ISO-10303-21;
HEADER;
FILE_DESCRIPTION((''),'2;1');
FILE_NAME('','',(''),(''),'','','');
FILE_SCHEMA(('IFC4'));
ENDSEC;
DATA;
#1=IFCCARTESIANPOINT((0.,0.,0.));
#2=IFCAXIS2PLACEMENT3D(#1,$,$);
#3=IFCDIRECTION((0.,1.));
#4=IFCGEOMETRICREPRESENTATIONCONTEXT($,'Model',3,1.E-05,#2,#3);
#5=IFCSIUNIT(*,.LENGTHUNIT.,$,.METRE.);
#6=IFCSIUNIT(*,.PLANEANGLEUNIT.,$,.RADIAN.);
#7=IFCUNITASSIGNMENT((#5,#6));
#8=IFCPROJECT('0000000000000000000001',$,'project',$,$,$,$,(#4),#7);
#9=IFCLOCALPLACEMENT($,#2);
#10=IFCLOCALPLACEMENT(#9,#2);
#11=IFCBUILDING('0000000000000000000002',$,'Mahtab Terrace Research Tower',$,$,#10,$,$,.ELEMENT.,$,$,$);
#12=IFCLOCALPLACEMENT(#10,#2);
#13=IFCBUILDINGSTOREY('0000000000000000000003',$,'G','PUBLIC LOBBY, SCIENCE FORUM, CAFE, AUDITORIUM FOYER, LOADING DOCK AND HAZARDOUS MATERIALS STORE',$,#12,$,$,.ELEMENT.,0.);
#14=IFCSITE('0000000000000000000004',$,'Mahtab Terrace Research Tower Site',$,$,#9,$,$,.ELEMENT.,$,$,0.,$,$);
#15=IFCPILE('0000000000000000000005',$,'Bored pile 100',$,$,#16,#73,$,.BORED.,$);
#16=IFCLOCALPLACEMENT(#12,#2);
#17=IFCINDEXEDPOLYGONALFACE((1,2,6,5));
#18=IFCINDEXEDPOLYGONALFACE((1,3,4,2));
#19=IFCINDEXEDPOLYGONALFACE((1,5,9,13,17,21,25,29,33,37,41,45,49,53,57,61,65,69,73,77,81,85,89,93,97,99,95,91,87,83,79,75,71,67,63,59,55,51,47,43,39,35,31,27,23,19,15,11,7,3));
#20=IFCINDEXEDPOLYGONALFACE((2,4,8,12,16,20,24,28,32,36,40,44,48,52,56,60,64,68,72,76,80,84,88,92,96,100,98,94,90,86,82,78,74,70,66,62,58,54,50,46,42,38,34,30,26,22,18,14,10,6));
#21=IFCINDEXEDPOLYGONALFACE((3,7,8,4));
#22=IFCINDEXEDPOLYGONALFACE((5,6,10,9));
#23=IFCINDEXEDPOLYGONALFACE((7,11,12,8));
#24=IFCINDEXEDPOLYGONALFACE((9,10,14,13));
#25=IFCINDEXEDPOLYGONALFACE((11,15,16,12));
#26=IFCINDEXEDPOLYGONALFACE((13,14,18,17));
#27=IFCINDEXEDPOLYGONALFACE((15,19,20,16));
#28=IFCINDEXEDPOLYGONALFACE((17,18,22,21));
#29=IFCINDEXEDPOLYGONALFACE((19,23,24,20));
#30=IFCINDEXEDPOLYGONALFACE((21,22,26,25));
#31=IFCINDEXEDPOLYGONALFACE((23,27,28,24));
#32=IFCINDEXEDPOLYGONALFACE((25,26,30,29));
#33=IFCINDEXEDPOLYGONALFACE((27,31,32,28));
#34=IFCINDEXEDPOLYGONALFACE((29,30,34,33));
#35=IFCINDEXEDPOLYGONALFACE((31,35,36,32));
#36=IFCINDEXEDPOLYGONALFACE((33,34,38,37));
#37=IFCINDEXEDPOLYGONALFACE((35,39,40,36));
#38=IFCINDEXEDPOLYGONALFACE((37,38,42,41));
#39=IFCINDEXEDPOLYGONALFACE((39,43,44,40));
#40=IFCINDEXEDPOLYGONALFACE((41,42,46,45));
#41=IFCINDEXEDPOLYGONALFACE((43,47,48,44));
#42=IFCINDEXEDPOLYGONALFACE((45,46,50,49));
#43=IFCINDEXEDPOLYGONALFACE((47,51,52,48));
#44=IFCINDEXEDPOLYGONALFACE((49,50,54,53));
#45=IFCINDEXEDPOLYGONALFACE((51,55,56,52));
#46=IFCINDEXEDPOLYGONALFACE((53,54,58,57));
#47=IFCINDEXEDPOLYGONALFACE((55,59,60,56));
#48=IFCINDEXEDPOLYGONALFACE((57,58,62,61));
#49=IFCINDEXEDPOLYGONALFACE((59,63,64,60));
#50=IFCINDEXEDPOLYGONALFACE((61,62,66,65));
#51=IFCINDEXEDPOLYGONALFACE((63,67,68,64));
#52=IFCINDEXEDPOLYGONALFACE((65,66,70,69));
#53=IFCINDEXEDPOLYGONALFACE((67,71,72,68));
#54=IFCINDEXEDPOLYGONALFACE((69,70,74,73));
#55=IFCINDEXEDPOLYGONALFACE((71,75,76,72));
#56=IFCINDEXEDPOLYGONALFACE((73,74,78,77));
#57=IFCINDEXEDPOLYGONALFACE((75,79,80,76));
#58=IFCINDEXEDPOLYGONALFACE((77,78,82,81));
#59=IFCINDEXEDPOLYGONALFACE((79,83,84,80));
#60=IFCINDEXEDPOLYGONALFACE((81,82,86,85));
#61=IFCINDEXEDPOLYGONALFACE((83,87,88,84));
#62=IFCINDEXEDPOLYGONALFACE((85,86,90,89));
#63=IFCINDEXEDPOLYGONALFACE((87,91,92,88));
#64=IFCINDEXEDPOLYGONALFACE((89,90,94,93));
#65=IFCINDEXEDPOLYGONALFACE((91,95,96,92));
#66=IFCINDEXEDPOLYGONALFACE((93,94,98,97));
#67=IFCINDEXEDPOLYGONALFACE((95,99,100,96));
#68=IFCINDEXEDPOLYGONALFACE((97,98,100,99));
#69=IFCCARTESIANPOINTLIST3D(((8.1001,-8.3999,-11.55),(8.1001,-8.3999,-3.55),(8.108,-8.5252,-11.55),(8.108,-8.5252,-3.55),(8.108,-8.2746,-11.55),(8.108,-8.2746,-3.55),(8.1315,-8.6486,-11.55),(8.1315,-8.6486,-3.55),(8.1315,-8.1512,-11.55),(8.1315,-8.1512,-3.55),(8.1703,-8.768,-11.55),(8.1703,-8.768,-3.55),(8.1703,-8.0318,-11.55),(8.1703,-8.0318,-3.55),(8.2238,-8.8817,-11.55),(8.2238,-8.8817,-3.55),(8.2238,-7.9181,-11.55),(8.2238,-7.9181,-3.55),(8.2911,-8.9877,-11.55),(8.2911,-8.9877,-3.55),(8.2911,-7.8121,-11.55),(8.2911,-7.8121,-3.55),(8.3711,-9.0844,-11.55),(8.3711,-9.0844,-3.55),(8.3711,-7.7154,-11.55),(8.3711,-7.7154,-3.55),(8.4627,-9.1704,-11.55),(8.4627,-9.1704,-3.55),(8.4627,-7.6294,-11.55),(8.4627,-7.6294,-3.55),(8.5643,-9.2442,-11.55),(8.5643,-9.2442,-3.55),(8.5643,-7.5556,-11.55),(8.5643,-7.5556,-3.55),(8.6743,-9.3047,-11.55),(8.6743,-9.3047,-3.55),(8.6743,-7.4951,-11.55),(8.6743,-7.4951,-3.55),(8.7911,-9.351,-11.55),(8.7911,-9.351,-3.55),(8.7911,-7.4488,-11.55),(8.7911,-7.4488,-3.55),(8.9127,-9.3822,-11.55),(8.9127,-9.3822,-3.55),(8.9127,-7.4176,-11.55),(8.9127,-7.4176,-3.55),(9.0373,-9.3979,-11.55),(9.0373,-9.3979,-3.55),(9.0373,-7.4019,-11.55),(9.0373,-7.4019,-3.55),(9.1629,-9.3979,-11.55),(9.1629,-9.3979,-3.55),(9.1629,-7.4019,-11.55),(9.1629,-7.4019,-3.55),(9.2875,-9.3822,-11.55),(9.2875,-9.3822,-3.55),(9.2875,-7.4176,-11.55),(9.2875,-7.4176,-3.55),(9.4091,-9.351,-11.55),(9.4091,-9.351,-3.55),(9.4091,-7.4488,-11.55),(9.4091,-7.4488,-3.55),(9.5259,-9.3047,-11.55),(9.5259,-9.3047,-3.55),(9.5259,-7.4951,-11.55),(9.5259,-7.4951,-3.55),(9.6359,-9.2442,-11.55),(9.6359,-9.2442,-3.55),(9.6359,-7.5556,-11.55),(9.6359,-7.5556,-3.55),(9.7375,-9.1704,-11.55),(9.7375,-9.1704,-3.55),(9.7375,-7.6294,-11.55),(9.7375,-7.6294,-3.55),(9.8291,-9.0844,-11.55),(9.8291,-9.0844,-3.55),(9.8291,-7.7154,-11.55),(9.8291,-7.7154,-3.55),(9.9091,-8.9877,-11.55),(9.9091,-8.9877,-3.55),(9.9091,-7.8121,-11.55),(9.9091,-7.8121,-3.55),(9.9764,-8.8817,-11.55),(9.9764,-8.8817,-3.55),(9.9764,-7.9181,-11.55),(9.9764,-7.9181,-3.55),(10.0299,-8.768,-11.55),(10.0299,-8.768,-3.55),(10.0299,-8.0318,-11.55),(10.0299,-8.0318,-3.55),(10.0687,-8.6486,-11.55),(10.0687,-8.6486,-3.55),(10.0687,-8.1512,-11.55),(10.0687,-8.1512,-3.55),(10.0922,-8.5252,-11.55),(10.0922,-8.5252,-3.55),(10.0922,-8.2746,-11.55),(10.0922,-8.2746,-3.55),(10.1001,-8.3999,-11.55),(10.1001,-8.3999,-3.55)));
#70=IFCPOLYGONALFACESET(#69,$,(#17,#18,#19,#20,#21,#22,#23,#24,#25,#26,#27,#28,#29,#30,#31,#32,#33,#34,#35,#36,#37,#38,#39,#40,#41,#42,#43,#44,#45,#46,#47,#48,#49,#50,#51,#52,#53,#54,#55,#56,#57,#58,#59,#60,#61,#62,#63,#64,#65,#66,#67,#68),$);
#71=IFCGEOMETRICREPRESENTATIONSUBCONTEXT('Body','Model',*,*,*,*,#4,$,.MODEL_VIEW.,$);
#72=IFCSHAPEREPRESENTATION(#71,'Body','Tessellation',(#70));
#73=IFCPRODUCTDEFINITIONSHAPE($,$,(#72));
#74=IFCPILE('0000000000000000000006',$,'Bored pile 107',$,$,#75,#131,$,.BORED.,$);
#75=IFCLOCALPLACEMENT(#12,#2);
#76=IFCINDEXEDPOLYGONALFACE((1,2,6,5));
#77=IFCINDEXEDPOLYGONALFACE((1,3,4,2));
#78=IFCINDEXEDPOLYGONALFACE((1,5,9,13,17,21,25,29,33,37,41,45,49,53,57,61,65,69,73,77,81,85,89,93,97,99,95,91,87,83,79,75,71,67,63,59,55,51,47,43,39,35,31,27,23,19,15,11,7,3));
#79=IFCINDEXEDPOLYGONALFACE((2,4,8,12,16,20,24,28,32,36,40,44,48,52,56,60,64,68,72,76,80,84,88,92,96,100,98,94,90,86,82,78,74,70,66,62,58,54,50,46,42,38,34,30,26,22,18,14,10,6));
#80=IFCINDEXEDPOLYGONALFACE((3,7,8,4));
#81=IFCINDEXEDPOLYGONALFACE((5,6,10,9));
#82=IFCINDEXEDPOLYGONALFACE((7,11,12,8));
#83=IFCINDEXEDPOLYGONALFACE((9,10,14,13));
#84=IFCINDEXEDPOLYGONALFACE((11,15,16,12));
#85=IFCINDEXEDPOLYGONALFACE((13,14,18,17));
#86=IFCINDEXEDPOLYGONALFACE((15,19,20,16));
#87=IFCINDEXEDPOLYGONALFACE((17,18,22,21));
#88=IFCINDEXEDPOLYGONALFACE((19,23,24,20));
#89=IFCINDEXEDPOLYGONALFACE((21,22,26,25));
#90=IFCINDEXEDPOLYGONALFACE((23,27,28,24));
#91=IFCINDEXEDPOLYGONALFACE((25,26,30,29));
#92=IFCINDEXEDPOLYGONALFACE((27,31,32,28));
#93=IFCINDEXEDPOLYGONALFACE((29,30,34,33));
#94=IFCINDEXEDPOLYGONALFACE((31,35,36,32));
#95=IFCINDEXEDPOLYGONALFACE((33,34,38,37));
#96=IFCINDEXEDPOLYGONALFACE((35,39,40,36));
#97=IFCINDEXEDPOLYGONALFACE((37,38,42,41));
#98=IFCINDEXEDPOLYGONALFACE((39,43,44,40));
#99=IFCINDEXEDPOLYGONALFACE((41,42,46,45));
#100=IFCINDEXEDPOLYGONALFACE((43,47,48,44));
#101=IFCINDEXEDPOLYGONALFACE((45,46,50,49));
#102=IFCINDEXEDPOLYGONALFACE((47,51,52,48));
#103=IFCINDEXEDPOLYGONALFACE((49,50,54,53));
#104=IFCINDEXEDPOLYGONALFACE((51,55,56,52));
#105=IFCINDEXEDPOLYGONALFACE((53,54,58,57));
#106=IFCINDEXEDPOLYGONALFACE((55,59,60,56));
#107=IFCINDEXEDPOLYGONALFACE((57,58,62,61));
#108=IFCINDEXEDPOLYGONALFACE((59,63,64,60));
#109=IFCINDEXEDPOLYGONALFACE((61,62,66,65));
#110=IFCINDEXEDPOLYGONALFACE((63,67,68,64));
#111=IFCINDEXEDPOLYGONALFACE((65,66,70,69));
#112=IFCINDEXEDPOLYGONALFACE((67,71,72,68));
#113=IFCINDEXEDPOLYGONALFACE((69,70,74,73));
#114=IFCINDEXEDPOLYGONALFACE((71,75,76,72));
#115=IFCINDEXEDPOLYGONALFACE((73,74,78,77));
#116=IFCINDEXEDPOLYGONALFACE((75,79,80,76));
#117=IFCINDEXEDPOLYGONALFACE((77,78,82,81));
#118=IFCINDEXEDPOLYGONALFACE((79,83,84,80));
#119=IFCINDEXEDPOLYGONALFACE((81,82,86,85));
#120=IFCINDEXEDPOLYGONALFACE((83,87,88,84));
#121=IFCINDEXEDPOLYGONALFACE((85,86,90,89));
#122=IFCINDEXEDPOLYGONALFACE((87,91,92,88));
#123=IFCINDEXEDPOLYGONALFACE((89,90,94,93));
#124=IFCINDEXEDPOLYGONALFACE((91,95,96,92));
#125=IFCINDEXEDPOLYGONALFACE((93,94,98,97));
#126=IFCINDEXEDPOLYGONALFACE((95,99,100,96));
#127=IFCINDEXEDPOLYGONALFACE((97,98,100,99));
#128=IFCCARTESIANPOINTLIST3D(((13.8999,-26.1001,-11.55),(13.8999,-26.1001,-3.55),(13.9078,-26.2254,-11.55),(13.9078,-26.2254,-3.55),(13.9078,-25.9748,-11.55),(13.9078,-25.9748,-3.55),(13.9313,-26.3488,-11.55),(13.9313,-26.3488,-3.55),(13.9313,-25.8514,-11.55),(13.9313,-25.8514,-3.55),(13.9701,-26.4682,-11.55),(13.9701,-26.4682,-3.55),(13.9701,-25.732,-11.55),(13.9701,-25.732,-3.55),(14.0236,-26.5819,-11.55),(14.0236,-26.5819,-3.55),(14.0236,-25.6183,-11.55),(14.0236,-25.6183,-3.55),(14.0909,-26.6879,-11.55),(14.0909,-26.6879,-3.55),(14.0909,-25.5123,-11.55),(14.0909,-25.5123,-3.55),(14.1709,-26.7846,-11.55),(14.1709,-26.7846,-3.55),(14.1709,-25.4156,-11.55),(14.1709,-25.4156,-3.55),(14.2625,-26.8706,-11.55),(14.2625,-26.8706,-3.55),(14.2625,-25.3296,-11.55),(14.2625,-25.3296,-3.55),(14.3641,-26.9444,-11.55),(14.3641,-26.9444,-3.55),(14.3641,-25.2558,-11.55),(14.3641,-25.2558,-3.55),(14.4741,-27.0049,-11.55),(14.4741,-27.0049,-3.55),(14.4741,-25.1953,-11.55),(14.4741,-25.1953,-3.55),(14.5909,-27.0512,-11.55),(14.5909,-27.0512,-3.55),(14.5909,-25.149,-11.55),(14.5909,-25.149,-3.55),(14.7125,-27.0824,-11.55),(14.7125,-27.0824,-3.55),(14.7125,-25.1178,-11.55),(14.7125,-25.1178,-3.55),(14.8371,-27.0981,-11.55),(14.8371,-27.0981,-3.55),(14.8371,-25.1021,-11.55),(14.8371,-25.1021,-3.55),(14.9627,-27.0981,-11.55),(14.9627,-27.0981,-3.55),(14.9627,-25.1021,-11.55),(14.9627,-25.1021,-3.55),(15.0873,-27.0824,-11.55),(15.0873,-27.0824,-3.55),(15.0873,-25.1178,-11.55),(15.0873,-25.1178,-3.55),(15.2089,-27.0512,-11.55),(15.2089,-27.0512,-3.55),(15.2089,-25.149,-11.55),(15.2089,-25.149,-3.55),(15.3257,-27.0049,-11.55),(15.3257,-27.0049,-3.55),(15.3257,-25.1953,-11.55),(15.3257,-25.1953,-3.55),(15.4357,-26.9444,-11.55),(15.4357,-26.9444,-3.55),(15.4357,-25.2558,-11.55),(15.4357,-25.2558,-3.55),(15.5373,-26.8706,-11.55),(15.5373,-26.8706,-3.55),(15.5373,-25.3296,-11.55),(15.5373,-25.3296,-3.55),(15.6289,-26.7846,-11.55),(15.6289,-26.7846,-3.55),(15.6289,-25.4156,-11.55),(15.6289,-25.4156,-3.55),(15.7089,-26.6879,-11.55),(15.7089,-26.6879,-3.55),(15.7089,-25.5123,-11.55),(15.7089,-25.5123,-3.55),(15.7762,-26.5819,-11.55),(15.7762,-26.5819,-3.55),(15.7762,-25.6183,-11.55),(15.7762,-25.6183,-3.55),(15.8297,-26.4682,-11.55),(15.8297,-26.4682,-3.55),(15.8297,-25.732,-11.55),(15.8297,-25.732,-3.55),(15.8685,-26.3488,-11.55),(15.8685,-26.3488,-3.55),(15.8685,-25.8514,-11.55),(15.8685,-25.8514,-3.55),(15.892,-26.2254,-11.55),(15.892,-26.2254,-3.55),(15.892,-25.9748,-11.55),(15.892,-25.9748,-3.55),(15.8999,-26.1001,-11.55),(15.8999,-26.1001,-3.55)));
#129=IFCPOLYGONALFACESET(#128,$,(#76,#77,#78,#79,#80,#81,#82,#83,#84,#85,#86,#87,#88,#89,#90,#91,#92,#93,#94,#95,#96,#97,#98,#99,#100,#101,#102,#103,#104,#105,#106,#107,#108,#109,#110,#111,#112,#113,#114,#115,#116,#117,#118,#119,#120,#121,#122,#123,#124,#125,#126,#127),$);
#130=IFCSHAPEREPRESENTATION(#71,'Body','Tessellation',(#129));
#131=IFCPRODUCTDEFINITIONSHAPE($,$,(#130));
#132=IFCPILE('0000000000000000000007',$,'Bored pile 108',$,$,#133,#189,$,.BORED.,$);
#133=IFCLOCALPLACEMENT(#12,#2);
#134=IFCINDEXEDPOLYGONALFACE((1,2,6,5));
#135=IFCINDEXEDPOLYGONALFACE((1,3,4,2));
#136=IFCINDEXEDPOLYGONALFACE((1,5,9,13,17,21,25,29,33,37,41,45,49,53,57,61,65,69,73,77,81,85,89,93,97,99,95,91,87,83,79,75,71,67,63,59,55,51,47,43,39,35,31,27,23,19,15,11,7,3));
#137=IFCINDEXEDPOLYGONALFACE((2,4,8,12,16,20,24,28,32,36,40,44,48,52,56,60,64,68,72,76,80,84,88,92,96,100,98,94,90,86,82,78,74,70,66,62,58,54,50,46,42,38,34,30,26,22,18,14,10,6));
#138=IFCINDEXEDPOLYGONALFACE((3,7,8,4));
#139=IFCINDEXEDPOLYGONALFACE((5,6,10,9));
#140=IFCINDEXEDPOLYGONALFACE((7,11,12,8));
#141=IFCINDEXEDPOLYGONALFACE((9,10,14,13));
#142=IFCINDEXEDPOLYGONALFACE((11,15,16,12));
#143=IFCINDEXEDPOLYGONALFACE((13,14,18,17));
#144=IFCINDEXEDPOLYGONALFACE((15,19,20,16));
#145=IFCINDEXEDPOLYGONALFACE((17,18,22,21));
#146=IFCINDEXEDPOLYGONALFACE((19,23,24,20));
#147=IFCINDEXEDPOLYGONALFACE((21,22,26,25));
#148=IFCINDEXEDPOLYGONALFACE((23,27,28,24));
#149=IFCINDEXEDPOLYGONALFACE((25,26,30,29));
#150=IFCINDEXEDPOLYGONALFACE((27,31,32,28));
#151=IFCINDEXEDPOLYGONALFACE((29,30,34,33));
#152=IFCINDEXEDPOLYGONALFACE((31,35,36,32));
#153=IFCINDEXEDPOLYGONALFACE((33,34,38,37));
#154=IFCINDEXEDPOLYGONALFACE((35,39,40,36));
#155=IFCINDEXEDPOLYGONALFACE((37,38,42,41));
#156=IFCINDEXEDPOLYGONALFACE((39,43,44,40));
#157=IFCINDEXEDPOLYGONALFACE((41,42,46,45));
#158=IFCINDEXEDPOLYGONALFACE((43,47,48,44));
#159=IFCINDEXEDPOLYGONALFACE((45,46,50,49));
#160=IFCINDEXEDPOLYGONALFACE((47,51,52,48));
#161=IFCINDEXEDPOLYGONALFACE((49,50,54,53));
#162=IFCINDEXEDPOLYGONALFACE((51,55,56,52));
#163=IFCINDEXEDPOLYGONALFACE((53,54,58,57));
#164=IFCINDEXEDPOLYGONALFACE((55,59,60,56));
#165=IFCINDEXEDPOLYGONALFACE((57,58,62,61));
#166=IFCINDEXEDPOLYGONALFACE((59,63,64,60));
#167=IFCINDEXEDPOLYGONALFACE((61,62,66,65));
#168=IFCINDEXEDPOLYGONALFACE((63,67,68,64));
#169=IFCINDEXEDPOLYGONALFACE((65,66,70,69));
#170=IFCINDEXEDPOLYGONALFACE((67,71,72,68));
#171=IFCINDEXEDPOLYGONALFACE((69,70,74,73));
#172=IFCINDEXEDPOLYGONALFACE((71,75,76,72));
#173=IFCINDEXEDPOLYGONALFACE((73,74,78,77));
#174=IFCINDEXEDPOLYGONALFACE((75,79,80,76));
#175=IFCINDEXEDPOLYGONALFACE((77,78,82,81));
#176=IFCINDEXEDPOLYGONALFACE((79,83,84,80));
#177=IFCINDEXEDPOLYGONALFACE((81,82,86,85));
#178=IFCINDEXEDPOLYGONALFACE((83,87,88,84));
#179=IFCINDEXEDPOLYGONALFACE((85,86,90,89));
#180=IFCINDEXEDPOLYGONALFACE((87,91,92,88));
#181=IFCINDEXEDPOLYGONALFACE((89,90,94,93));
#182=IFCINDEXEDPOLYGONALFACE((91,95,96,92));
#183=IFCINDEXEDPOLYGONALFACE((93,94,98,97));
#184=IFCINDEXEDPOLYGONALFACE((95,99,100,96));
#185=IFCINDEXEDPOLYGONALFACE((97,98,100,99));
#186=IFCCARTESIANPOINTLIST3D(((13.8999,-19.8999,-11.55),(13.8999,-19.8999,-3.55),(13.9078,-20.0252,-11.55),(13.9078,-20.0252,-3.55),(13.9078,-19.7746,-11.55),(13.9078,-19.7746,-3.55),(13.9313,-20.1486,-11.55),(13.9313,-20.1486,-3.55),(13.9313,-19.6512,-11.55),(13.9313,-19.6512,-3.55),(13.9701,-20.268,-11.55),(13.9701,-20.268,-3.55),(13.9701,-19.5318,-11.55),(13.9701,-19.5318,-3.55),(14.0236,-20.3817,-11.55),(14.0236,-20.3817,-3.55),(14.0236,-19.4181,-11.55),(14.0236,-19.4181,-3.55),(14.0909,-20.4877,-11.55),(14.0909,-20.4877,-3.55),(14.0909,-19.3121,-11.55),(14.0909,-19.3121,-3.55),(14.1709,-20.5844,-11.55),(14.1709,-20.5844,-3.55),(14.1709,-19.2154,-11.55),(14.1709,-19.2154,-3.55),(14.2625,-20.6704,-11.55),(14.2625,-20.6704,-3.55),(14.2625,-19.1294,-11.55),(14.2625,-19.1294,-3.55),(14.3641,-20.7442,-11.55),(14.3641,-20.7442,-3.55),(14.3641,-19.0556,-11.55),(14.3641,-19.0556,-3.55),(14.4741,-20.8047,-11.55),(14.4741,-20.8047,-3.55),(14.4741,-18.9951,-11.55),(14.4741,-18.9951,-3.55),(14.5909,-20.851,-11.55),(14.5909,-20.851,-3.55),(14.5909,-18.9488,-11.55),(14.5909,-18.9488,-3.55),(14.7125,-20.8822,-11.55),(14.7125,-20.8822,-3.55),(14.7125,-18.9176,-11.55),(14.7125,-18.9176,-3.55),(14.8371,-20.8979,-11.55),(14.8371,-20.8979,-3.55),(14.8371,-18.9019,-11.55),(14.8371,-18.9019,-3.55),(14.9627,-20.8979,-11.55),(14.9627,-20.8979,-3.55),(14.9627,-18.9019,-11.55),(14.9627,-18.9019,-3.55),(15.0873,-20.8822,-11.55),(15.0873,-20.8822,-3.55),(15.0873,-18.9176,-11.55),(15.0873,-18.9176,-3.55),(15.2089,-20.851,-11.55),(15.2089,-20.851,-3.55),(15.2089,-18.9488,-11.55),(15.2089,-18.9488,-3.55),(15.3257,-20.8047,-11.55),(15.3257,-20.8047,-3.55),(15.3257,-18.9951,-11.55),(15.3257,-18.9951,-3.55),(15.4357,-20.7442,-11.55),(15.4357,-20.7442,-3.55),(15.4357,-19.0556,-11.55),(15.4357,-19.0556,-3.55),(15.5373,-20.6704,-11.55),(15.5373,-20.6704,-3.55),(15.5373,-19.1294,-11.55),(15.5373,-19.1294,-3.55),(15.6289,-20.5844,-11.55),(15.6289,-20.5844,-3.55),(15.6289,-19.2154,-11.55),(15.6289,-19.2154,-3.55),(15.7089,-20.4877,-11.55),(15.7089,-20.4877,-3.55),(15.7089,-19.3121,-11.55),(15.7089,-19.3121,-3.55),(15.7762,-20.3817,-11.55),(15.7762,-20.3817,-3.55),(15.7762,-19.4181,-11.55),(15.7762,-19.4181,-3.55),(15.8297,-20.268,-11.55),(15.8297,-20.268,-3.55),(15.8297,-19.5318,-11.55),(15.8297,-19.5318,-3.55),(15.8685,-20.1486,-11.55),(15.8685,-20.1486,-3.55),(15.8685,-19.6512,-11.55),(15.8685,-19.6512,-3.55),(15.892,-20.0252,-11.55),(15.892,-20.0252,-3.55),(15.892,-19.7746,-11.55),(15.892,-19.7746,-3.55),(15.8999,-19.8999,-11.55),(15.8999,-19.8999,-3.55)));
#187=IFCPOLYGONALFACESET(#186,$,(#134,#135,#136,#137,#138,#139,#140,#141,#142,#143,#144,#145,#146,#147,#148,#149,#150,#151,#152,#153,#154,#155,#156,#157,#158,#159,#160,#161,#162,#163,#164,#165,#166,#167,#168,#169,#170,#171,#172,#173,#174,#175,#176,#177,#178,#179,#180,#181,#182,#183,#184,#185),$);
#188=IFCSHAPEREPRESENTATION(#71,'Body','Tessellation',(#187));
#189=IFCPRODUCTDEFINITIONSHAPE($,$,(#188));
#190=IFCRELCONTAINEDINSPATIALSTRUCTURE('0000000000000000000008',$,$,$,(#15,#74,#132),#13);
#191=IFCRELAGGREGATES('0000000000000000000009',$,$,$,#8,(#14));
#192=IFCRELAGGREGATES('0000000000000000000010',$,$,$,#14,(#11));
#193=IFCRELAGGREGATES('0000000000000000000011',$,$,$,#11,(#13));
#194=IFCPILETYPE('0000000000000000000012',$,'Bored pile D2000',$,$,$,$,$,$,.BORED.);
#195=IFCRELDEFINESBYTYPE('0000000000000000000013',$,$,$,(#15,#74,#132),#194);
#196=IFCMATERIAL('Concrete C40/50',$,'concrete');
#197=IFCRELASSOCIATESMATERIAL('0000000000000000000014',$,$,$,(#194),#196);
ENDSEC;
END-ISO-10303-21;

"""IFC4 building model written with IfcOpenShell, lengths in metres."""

from ifc_helpers import new_model, si_unit, direction, frame, origin, origin_2d, place, context, subcontext, project, spatial, circle, extrude, material, material_profile, profile_set, type_object, element, save


model = new_model("IFC4")

# Units and contexts
model_context = context("Model", 3, precision=1e-05, world=origin(), true_north=direction((0.0, 1.0)))
body_context = subcontext(model_context, "Body", "Model", "MODEL_VIEW")
ifc_project = project(units=[si_unit("LENGTHUNIT", "METRE"), si_unit("PLANEANGLEUNIT", "RADIAN")], contexts=[model_context])

# Site, building, storey
site_placement = place(None, origin())
site = spatial("IfcSite", under=ifc_project, at=site_placement, Name="Mahtab Terrace Research Tower Site", CompositionType="ELEMENT", RefElevation=0.0)
building_placement = place(site_placement, origin())
building = spatial("IfcBuilding", under=site, at=building_placement, Name="Mahtab Terrace Research Tower", CompositionType="ELEMENT")
storey_placement = place(building_placement, origin())
storey = spatial("IfcBuildingStorey", under=building, at=storey_placement, Name="G", Description="PUBLIC LOBBY, SCIENCE FORUM, CAFE, AUDITORIUM FOYER, LOADING DOCK AND HAZARDOUS MATERIALS STORE", CompositionType="ELEMENT", Elevation=0.0)

# Piles
ifc_material_1 = material(Name="Concrete C40/50", Category="concrete")
ifc_material_profile_1 = material_profile(ifc_material_1, circle(Radius=1.0, at=origin_2d()), Name="Bored pile D2000")
ifc_profile_set_1 = profile_set([ifc_material_profile_1], Name="Concrete C40/50")
pile_type_1 = type_object("IfcPileType", Name="Bored pile D2000", PredefinedType="BORED", material=ifc_profile_set_1)
for number, where, z_axis, x_axis, name in (
    (1, (9.1001, -8.3999, -3.55), (0.0, 0.0, -1.0), (1.0, 0.0, 0.0), "Bored pile 100"),
    (2, (14.8999, -26.1001, -3.55), (0.0, 0.0, -1.0), (1.0, 0.0, 0.0), "Bored pile 107"),
    (3, (14.8999, -19.8999, -3.55), (0.0, 0.0, -1.0), (1.0, 0.0, 0.0), "Bored pile 108"),
):
    element("IfcPile", number, at=place(storey_placement, frame(where, z_axis=z_axis, x_axis=x_axis)), inside=storey, type_object=pile_type_1, Name=name, PredefinedType="BORED", context=body_context, shape_type="SweptSolid", body=[
        extrude(circle(Radius=1.0, at=origin_2d()), origin(), (0.0, 0.0, 1.0), 8.0),
    ])

save(model, "model.ifc")
